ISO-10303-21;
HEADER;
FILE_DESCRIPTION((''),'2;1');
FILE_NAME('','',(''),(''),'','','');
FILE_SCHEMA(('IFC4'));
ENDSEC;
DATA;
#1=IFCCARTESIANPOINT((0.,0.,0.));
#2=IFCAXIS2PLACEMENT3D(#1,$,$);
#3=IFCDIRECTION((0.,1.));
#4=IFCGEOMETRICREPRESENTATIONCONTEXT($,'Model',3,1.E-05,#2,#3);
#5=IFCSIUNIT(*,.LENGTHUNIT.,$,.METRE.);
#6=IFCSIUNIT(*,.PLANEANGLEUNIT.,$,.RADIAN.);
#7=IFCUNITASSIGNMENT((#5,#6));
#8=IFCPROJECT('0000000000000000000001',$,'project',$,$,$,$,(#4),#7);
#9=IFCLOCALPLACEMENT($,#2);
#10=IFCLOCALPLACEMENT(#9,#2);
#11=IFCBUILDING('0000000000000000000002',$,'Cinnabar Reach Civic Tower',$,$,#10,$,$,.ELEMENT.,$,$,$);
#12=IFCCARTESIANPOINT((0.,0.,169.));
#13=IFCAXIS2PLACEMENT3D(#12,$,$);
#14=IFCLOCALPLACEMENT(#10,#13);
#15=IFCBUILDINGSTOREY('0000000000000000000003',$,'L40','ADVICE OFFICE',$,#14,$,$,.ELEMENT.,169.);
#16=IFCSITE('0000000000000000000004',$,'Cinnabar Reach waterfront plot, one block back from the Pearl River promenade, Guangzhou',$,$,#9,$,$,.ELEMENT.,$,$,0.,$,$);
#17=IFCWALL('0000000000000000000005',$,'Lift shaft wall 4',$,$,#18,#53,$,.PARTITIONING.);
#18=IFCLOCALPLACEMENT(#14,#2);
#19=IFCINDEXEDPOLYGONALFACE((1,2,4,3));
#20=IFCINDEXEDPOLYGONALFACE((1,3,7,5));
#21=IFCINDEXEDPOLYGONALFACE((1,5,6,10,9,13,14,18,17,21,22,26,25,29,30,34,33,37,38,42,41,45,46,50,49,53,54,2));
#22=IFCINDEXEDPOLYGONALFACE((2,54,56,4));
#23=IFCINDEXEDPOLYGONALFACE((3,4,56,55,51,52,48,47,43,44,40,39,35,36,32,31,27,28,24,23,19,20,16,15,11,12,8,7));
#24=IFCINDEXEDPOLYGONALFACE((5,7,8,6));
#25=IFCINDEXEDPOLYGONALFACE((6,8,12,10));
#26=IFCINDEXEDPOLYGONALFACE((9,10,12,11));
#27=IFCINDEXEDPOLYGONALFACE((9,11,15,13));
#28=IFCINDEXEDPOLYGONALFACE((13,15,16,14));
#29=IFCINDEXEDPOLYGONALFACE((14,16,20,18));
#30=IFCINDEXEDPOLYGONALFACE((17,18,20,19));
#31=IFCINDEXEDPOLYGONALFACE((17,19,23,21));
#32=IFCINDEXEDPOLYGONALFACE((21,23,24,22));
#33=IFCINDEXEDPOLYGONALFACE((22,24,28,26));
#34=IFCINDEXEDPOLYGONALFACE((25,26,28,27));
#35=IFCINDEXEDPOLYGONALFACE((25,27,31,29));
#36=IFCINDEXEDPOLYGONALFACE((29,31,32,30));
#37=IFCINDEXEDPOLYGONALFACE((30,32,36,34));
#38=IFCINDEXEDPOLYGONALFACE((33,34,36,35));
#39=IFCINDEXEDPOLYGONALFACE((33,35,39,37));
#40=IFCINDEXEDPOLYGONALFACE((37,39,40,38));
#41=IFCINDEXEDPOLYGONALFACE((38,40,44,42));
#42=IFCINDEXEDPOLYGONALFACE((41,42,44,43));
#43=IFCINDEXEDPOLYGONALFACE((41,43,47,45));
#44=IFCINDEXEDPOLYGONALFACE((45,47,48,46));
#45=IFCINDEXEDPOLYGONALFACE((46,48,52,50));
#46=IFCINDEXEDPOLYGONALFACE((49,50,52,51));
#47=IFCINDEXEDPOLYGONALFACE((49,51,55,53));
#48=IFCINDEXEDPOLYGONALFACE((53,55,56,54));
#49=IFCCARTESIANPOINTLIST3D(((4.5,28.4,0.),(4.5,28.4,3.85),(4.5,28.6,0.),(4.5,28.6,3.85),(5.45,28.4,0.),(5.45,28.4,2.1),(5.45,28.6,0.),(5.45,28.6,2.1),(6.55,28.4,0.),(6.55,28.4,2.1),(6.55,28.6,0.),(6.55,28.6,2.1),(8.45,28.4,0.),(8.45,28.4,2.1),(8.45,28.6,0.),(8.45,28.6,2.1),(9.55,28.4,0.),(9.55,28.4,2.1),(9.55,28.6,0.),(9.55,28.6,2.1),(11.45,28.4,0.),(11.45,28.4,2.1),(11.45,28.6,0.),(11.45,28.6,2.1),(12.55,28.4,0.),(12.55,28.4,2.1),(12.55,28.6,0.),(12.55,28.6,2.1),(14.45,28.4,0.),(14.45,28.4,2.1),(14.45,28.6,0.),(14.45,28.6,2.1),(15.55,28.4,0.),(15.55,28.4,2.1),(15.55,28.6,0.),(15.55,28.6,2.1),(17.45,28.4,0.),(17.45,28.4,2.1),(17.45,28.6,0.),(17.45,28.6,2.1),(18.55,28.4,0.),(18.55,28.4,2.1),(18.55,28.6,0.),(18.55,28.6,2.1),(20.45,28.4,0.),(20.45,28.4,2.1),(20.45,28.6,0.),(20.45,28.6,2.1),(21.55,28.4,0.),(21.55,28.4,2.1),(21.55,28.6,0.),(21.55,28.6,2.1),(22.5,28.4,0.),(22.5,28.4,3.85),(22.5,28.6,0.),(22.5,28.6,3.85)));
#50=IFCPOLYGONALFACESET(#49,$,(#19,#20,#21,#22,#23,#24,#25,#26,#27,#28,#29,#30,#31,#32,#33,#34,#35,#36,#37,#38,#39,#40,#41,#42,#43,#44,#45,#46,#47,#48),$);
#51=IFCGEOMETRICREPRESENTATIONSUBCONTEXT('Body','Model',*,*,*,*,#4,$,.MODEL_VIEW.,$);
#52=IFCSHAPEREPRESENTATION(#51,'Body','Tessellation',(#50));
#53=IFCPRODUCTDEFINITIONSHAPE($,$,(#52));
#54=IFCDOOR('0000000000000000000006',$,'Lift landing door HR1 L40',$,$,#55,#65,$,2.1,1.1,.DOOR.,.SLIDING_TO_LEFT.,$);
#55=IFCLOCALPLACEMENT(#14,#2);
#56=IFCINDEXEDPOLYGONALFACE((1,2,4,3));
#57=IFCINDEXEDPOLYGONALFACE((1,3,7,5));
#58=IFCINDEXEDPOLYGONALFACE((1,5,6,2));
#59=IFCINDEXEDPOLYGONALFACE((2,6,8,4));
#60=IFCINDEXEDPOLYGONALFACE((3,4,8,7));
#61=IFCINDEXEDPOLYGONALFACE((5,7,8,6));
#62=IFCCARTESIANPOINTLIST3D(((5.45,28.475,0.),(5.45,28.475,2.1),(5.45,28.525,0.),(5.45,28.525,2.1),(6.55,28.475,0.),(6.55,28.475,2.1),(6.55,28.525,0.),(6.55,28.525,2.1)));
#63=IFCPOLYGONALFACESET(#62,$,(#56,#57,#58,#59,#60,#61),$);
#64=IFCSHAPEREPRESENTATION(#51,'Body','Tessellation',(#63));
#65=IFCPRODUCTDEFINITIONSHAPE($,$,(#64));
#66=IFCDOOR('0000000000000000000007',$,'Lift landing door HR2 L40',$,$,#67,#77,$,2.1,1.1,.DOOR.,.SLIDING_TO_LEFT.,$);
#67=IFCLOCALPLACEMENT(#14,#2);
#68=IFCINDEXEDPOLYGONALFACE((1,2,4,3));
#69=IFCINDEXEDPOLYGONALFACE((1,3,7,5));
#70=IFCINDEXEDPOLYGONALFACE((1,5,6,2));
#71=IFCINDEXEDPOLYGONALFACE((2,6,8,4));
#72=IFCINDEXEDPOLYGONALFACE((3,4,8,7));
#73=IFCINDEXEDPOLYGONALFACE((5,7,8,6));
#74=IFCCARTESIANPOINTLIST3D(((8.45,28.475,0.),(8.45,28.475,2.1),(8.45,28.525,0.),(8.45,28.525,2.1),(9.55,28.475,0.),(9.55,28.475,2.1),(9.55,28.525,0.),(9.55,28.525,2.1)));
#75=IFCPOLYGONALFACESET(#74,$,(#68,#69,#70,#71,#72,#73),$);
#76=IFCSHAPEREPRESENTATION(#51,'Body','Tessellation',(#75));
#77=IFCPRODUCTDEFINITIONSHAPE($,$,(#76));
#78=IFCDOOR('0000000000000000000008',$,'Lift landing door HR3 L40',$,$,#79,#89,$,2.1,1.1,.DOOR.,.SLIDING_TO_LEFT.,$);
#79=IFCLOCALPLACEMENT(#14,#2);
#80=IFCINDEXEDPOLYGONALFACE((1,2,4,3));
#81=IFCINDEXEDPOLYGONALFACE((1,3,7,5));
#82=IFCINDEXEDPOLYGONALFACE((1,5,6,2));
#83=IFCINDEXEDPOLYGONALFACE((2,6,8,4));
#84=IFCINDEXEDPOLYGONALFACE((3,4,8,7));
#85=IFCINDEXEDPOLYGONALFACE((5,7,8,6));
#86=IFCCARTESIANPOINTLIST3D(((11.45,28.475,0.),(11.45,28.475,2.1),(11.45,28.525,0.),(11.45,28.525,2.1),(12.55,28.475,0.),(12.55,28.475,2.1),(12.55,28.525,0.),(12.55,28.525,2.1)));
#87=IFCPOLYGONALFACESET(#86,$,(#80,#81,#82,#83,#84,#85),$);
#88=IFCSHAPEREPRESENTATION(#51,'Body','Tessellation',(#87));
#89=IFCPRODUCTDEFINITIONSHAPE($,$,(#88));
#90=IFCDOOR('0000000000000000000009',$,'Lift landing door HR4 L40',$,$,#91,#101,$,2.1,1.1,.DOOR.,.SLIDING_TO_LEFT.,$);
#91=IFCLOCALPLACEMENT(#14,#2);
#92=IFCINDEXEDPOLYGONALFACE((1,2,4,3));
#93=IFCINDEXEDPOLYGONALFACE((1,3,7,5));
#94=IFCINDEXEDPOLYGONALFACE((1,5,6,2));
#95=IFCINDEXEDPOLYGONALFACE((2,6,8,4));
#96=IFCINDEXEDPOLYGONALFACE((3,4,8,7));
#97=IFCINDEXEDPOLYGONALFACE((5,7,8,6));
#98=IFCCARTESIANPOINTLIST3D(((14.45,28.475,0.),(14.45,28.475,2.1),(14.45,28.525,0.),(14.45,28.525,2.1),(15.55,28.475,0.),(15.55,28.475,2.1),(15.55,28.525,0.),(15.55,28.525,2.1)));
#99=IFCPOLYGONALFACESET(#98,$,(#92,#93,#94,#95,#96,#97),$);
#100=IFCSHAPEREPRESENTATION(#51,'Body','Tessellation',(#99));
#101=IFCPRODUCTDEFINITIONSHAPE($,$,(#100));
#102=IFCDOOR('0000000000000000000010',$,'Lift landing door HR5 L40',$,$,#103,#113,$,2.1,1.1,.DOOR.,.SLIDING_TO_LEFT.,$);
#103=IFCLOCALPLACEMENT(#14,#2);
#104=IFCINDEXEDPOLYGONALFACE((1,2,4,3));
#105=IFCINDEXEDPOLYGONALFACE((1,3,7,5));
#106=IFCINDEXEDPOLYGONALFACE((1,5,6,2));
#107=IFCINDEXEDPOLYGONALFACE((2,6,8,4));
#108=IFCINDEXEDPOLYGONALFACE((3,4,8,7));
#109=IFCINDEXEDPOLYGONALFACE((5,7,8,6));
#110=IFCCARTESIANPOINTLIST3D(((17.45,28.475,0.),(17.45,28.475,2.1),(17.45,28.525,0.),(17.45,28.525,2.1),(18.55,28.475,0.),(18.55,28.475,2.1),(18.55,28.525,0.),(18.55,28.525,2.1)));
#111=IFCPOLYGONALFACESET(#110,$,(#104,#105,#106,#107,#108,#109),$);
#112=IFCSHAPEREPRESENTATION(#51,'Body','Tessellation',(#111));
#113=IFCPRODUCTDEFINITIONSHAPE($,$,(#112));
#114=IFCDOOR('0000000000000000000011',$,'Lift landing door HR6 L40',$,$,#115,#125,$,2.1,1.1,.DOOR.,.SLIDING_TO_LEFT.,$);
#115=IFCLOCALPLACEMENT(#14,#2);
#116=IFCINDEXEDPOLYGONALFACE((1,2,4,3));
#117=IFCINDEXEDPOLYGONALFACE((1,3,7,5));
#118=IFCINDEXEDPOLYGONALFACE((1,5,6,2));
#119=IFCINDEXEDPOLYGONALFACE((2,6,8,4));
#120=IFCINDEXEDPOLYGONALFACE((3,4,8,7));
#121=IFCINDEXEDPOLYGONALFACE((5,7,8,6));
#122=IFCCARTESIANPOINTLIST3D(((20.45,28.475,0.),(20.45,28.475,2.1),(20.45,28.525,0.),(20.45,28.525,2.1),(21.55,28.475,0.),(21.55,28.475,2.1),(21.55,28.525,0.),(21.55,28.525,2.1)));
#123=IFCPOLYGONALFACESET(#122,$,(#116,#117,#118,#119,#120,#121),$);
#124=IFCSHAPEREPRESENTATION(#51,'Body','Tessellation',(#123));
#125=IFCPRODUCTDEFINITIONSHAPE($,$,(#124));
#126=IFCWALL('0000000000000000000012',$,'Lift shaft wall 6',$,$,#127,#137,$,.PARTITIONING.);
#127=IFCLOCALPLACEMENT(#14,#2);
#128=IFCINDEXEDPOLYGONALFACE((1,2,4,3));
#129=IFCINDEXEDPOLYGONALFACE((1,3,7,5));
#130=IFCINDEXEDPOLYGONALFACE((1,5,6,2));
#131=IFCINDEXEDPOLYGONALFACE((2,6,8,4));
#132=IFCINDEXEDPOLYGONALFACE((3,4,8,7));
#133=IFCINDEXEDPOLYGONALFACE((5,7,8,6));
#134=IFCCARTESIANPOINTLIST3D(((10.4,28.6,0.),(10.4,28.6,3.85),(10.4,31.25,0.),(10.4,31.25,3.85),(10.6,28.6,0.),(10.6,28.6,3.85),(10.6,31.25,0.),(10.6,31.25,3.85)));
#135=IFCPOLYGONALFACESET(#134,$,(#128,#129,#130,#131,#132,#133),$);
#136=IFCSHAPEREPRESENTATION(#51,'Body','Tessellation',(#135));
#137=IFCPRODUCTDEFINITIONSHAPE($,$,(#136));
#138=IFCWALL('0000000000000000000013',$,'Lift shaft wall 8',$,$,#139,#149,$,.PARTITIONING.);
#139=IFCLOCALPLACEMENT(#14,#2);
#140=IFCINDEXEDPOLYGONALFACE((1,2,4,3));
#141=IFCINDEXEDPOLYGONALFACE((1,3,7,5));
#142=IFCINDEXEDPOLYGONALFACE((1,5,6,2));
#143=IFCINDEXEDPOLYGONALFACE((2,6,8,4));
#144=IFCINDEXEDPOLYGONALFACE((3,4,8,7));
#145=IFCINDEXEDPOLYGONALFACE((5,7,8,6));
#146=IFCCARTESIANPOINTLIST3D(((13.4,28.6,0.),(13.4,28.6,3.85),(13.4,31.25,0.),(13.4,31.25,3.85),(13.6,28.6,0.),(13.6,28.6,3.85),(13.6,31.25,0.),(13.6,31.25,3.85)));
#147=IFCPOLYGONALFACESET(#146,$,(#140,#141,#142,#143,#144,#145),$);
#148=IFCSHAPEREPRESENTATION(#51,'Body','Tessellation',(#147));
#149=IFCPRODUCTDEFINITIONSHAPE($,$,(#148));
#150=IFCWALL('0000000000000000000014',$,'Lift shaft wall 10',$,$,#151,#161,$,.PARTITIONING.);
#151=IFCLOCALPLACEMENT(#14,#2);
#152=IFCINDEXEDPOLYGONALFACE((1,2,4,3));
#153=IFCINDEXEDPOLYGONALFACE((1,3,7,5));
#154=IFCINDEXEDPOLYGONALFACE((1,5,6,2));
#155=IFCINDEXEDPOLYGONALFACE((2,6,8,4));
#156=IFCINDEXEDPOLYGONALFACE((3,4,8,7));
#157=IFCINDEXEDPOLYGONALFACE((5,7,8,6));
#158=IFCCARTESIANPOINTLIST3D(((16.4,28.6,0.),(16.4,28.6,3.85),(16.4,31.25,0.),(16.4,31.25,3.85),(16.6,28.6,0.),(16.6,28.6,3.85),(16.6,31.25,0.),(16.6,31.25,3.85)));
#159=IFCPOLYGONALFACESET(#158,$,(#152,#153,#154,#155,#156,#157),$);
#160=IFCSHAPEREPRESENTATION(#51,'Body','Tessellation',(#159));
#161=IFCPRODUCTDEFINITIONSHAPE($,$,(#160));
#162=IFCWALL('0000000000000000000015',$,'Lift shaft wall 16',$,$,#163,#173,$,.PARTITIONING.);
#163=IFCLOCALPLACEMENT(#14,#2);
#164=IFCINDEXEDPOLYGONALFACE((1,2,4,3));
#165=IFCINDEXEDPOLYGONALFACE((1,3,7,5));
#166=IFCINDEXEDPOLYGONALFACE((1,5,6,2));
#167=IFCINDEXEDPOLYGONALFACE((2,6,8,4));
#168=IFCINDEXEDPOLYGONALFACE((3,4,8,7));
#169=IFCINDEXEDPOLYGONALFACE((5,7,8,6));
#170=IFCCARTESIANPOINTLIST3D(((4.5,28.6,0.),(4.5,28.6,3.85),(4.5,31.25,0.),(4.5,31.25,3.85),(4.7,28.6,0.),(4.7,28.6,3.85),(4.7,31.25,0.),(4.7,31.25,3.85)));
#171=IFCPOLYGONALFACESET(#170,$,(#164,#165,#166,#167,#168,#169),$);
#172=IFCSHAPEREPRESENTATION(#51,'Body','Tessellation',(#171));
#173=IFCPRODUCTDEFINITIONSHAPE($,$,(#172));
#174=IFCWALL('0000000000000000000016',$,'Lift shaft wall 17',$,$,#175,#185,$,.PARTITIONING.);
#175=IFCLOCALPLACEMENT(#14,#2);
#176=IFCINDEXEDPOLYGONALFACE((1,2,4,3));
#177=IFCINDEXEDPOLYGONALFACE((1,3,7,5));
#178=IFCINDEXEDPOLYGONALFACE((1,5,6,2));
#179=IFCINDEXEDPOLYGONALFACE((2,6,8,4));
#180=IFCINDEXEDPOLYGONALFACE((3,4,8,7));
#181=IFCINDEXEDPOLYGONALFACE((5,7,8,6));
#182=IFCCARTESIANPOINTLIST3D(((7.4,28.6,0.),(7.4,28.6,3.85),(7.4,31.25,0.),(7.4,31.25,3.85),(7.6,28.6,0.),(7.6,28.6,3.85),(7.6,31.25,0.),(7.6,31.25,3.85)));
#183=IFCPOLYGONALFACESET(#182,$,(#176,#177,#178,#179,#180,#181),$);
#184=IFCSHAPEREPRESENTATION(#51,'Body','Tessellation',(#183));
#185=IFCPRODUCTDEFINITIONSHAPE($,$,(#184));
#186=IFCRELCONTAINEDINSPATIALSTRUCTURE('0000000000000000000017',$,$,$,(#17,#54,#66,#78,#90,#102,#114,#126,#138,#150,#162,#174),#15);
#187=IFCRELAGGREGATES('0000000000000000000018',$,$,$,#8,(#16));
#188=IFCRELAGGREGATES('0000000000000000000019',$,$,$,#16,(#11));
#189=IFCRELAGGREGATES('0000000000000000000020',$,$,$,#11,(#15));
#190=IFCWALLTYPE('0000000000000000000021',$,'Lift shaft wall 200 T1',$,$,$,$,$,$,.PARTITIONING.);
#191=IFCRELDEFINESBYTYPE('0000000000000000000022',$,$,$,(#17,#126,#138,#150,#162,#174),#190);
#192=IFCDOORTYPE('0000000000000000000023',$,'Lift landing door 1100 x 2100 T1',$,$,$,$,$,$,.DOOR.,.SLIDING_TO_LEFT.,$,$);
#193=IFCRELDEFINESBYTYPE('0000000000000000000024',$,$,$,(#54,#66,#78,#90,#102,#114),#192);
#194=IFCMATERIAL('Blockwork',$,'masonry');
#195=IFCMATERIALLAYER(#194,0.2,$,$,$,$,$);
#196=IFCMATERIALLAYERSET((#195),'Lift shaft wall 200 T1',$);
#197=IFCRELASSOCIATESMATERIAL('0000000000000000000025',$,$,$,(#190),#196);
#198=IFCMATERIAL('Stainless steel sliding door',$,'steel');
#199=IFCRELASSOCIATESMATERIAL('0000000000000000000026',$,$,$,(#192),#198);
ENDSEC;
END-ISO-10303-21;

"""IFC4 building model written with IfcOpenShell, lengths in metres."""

from ifc_helpers import new_model, si_unit, direction, frame, frame_2d, origin, place, context, subcontext, project, spatial, rectangle, extrude, material, layer, layer_set, type_object, element, fill, save


model = new_model("IFC4")

# Units and contexts
model_context = context("Model", 3, precision=1e-05, world=origin(), true_north=direction((0.0, 1.0)))
body_context = subcontext(model_context, "Body", "Model", "MODEL_VIEW")
ifc_project = project(units=[si_unit("LENGTHUNIT", "METRE"), si_unit("PLANEANGLEUNIT", "RADIAN")], contexts=[model_context])

# Site, building, storey
site_placement = place(None, origin())
site = spatial("IfcSite", under=ifc_project, at=site_placement, Name="Cinnabar Reach waterfront plot, one block back from the Pearl River promenade, Guangzhou", CompositionType="ELEMENT", RefElevation=0.0)
building_placement = place(site_placement, origin())
building = spatial("IfcBuilding", under=site, at=building_placement, Name="Cinnabar Reach Civic Tower", CompositionType="ELEMENT")
storey_placement = place(building_placement, frame((0.0, 0.0, 169.0)))
storey = spatial("IfcBuildingStorey", under=building, at=storey_placement, Name="L40", Description="ADVICE OFFICE", CompositionType="ELEMENT", Elevation=169.0)

# Wall, openings, doors
ifc_material_1 = material(Name="Blockwork", Category="masonry")
ifc_layer_1 = layer(ifc_material_1, 0.2)
ifc_layer_set_1 = layer_set([ifc_layer_1], Name="Lift shaft wall 200 T1")
wall_type_1 = type_object("IfcWallType", Name="Lift shaft wall 200 T1", PredefinedType="PARTITIONING", material=ifc_layer_set_1)
wall_1_placement = place(storey_placement, frame((4.5, 28.5, 0.0), z_axis=(0.0, 0.0, 1.0), x_axis=(1.0, 0.0, 0.0)))
wall_1 = element("IfcWall", 1, at=wall_1_placement, inside=storey, type_object=wall_type_1, Name="Lift shaft wall 4", PredefinedType="PARTITIONING", context=body_context, shape_type="SweptSolid", body=[
    extrude(rectangle(XDim=18.0, YDim=0.2, at=frame_2d((9.0, 0.0))), origin(), (0.0, 0.0, 1.0), 3.85),
])
opening_1_placement = place(wall_1_placement, frame((0.95, 0.0, 0.0)))
opening_1 = element("IfcOpeningElement", 2, at=opening_1_placement, cuts=wall_1, PredefinedType="OPENING", context=body_context, shape_type="SweptSolid", body=[
    extrude(rectangle(XDim=1.1, YDim=2.1, at=frame_2d((0.55, 1.05))), frame((0.0, 0.11, 0.0), z_axis=(0.0, -1.0, 0.0), x_axis=(1.0, 0.0, 0.0)), (0.0, 0.0, 1.0), 0.22),
])
opening_2_placement = place(wall_1_placement, frame((3.95, 0.0, 0.0)))
opening_2 = element("IfcOpeningElement", 3, at=opening_2_placement, cuts=wall_1, PredefinedType="OPENING", context=body_context, shape_type="SweptSolid", body=[
    extrude(rectangle(XDim=1.1, YDim=2.1, at=frame_2d((0.55, 1.05))), frame((0.0, 0.11, 0.0), z_axis=(0.0, -1.0, 0.0), x_axis=(1.0, 0.0, 0.0)), (0.0, 0.0, 1.0), 0.22),
])
opening_3_placement = place(wall_1_placement, frame((6.95, 0.0, 0.0)))
opening_3 = element("IfcOpeningElement", 4, at=opening_3_placement, cuts=wall_1, PredefinedType="OPENING", context=body_context, shape_type="SweptSolid", body=[
    extrude(rectangle(XDim=1.1, YDim=2.1, at=frame_2d((0.55, 1.05))), frame((0.0, 0.11, 0.0), z_axis=(0.0, -1.0, 0.0), x_axis=(1.0, 0.0, 0.0)), (0.0, 0.0, 1.0), 0.22),
])
opening_4_placement = place(wall_1_placement, frame((9.95, 0.0, 0.0)))
opening_4 = element("IfcOpeningElement", 5, at=opening_4_placement, cuts=wall_1, PredefinedType="OPENING", context=body_context, shape_type="SweptSolid", body=[
    extrude(rectangle(XDim=1.1, YDim=2.1, at=frame_2d((0.55, 1.05))), frame((0.0, 0.11, 0.0), z_axis=(0.0, -1.0, 0.0), x_axis=(1.0, 0.0, 0.0)), (0.0, 0.0, 1.0), 0.22),
])
opening_5_placement = place(wall_1_placement, frame((12.95, 0.0, 0.0)))
opening_5 = element("IfcOpeningElement", 6, at=opening_5_placement, cuts=wall_1, PredefinedType="OPENING", context=body_context, shape_type="SweptSolid", body=[
    extrude(rectangle(XDim=1.1, YDim=2.1, at=frame_2d((0.55, 1.05))), frame((0.0, 0.11, 0.0), z_axis=(0.0, -1.0, 0.0), x_axis=(1.0, 0.0, 0.0)), (0.0, 0.0, 1.0), 0.22),
])
opening_6_placement = place(wall_1_placement, frame((15.95, 0.0, 0.0)))
opening_6 = element("IfcOpeningElement", 7, at=opening_6_placement, cuts=wall_1, PredefinedType="OPENING", context=body_context, shape_type="SweptSolid", body=[
    extrude(rectangle(XDim=1.1, YDim=2.1, at=frame_2d((0.55, 1.05))), frame((0.0, 0.11, 0.0), z_axis=(0.0, -1.0, 0.0), x_axis=(1.0, 0.0, 0.0)), (0.0, 0.0, 1.0), 0.22),
])
ifc_material_2 = material(Name="Stainless steel sliding door", Category="steel")
door_type_1 = type_object("IfcDoorType", Name="Lift landing door 1100 x 2100 T1", OperationType="SLIDING_TO_LEFT", PredefinedType="DOOR", material=ifc_material_2)
door_1_placement = place(opening_1_placement, origin())
door_1 = element("IfcDoor", 8, at=door_1_placement, inside=storey, type_object=door_type_1, Name="Lift landing door HR1 L40", OperationType="SLIDING_TO_LEFT", OverallHeight=2.1, OverallWidth=1.1, PredefinedType="DOOR", context=body_context, shape_type="SweptSolid", body=[
    extrude(rectangle(XDim=1.1, YDim=2.1, at=frame_2d((0.55, 1.05))), frame((0.0, 0.025, 0.0), z_axis=(0.0, -1.0, 0.0), x_axis=(1.0, 0.0, 0.0)), (0.0, 0.0, 1.0), 0.05),
])
fill(opening_1, door_1)
door_2_placement = place(opening_2_placement, origin())
door_2 = element("IfcDoor", 9, at=door_2_placement, inside=storey, type_object=door_type_1, Name="Lift landing door HR2 L40", OperationType="SLIDING_TO_LEFT", OverallHeight=2.1, OverallWidth=1.1, PredefinedType="DOOR", context=body_context, shape_type="SweptSolid", body=[
    extrude(rectangle(XDim=1.1, YDim=2.1, at=frame_2d((0.55, 1.05))), frame((0.0, 0.025, 0.0), z_axis=(0.0, -1.0, 0.0), x_axis=(1.0, 0.0, 0.0)), (0.0, 0.0, 1.0), 0.05),
])
fill(opening_2, door_2)
door_3_placement = place(opening_3_placement, origin())
door_3 = element("IfcDoor", 10, at=door_3_placement, inside=storey, type_object=door_type_1, Name="Lift landing door HR3 L40", OperationType="SLIDING_TO_LEFT", OverallHeight=2.1, OverallWidth=1.1, PredefinedType="DOOR", context=body_context, shape_type="SweptSolid", body=[
    extrude(rectangle(XDim=1.1, YDim=2.1, at=frame_2d((0.55, 1.05))), frame((0.0, 0.025, 0.0), z_axis=(0.0, -1.0, 0.0), x_axis=(1.0, 0.0, 0.0)), (0.0, 0.0, 1.0), 0.05),
])
fill(opening_3, door_3)
door_4_placement = place(opening_4_placement, origin())
door_4 = element("IfcDoor", 11, at=door_4_placement, inside=storey, type_object=door_type_1, Name="Lift landing door HR4 L40", OperationType="SLIDING_TO_LEFT", OverallHeight=2.1, OverallWidth=1.1, PredefinedType="DOOR", context=body_context, shape_type="SweptSolid", body=[
    extrude(rectangle(XDim=1.1, YDim=2.1, at=frame_2d((0.55, 1.05))), frame((0.0, 0.025, 0.0), z_axis=(0.0, -1.0, 0.0), x_axis=(1.0, 0.0, 0.0)), (0.0, 0.0, 1.0), 0.05),
])
fill(opening_4, door_4)
door_5_placement = place(opening_5_placement, origin())
door_5 = element("IfcDoor", 12, at=door_5_placement, inside=storey, type_object=door_type_1, Name="Lift landing door HR5 L40", OperationType="SLIDING_TO_LEFT", OverallHeight=2.1, OverallWidth=1.1, PredefinedType="DOOR", context=body_context, shape_type="SweptSolid", body=[
    extrude(rectangle(XDim=1.1, YDim=2.1, at=frame_2d((0.55, 1.05))), frame((0.0, 0.025, 0.0), z_axis=(0.0, -1.0, 0.0), x_axis=(1.0, 0.0, 0.0)), (0.0, 0.0, 1.0), 0.05),
])
fill(opening_5, door_5)
door_6_placement = place(opening_6_placement, origin())
door_6 = element("IfcDoor", 13, at=door_6_placement, inside=storey, type_object=door_type_1, Name="Lift landing door HR6 L40", OperationType="SLIDING_TO_LEFT", OverallHeight=2.1, OverallWidth=1.1, PredefinedType="DOOR", context=body_context, shape_type="SweptSolid", body=[
    extrude(rectangle(XDim=1.1, YDim=2.1, at=frame_2d((0.55, 1.05))), frame((0.0, 0.025, 0.0), z_axis=(0.0, -1.0, 0.0), x_axis=(1.0, 0.0, 0.0)), (0.0, 0.0, 1.0), 0.05),
])
fill(opening_6, door_6)

# Walls
for number, where, z_axis, x_axis, name in (
    (14, (10.5, 28.6, 0.0), (0.0, 0.0, 1.0), (0.0, 1.0, 0.0), "Lift shaft wall 6"),
    (15, (13.5, 28.6, 0.0), (0.0, 0.0, 1.0), (0.0, 1.0, 0.0), "Lift shaft wall 8"),
    (16, (16.5, 28.6, 0.0), (0.0, 0.0, 1.0), (0.0, 1.0, 0.0), "Lift shaft wall 10"),
    (17, (4.6, 28.6, 0.0), (0.0, 0.0, 1.0), (0.0, 1.0, 0.0), "Lift shaft wall 16"),
    (18, (7.5, 28.6, 0.0), (0.0, 0.0, 1.0), (0.0, 1.0, 0.0), "Lift shaft wall 17"),
):
    element("IfcWall", number, at=place(storey_placement, frame(where, z_axis=z_axis, x_axis=x_axis)), inside=storey, type_object=wall_type_1, Name=name, PredefinedType="PARTITIONING", context=body_context, shape_type="SweptSolid", body=[
        extrude(rectangle(XDim=2.65, YDim=0.2, at=frame_2d((1.325, 0.0))), origin(), (0.0, 0.0, 1.0), 3.85),
    ])

save(model, "model.ifc")
